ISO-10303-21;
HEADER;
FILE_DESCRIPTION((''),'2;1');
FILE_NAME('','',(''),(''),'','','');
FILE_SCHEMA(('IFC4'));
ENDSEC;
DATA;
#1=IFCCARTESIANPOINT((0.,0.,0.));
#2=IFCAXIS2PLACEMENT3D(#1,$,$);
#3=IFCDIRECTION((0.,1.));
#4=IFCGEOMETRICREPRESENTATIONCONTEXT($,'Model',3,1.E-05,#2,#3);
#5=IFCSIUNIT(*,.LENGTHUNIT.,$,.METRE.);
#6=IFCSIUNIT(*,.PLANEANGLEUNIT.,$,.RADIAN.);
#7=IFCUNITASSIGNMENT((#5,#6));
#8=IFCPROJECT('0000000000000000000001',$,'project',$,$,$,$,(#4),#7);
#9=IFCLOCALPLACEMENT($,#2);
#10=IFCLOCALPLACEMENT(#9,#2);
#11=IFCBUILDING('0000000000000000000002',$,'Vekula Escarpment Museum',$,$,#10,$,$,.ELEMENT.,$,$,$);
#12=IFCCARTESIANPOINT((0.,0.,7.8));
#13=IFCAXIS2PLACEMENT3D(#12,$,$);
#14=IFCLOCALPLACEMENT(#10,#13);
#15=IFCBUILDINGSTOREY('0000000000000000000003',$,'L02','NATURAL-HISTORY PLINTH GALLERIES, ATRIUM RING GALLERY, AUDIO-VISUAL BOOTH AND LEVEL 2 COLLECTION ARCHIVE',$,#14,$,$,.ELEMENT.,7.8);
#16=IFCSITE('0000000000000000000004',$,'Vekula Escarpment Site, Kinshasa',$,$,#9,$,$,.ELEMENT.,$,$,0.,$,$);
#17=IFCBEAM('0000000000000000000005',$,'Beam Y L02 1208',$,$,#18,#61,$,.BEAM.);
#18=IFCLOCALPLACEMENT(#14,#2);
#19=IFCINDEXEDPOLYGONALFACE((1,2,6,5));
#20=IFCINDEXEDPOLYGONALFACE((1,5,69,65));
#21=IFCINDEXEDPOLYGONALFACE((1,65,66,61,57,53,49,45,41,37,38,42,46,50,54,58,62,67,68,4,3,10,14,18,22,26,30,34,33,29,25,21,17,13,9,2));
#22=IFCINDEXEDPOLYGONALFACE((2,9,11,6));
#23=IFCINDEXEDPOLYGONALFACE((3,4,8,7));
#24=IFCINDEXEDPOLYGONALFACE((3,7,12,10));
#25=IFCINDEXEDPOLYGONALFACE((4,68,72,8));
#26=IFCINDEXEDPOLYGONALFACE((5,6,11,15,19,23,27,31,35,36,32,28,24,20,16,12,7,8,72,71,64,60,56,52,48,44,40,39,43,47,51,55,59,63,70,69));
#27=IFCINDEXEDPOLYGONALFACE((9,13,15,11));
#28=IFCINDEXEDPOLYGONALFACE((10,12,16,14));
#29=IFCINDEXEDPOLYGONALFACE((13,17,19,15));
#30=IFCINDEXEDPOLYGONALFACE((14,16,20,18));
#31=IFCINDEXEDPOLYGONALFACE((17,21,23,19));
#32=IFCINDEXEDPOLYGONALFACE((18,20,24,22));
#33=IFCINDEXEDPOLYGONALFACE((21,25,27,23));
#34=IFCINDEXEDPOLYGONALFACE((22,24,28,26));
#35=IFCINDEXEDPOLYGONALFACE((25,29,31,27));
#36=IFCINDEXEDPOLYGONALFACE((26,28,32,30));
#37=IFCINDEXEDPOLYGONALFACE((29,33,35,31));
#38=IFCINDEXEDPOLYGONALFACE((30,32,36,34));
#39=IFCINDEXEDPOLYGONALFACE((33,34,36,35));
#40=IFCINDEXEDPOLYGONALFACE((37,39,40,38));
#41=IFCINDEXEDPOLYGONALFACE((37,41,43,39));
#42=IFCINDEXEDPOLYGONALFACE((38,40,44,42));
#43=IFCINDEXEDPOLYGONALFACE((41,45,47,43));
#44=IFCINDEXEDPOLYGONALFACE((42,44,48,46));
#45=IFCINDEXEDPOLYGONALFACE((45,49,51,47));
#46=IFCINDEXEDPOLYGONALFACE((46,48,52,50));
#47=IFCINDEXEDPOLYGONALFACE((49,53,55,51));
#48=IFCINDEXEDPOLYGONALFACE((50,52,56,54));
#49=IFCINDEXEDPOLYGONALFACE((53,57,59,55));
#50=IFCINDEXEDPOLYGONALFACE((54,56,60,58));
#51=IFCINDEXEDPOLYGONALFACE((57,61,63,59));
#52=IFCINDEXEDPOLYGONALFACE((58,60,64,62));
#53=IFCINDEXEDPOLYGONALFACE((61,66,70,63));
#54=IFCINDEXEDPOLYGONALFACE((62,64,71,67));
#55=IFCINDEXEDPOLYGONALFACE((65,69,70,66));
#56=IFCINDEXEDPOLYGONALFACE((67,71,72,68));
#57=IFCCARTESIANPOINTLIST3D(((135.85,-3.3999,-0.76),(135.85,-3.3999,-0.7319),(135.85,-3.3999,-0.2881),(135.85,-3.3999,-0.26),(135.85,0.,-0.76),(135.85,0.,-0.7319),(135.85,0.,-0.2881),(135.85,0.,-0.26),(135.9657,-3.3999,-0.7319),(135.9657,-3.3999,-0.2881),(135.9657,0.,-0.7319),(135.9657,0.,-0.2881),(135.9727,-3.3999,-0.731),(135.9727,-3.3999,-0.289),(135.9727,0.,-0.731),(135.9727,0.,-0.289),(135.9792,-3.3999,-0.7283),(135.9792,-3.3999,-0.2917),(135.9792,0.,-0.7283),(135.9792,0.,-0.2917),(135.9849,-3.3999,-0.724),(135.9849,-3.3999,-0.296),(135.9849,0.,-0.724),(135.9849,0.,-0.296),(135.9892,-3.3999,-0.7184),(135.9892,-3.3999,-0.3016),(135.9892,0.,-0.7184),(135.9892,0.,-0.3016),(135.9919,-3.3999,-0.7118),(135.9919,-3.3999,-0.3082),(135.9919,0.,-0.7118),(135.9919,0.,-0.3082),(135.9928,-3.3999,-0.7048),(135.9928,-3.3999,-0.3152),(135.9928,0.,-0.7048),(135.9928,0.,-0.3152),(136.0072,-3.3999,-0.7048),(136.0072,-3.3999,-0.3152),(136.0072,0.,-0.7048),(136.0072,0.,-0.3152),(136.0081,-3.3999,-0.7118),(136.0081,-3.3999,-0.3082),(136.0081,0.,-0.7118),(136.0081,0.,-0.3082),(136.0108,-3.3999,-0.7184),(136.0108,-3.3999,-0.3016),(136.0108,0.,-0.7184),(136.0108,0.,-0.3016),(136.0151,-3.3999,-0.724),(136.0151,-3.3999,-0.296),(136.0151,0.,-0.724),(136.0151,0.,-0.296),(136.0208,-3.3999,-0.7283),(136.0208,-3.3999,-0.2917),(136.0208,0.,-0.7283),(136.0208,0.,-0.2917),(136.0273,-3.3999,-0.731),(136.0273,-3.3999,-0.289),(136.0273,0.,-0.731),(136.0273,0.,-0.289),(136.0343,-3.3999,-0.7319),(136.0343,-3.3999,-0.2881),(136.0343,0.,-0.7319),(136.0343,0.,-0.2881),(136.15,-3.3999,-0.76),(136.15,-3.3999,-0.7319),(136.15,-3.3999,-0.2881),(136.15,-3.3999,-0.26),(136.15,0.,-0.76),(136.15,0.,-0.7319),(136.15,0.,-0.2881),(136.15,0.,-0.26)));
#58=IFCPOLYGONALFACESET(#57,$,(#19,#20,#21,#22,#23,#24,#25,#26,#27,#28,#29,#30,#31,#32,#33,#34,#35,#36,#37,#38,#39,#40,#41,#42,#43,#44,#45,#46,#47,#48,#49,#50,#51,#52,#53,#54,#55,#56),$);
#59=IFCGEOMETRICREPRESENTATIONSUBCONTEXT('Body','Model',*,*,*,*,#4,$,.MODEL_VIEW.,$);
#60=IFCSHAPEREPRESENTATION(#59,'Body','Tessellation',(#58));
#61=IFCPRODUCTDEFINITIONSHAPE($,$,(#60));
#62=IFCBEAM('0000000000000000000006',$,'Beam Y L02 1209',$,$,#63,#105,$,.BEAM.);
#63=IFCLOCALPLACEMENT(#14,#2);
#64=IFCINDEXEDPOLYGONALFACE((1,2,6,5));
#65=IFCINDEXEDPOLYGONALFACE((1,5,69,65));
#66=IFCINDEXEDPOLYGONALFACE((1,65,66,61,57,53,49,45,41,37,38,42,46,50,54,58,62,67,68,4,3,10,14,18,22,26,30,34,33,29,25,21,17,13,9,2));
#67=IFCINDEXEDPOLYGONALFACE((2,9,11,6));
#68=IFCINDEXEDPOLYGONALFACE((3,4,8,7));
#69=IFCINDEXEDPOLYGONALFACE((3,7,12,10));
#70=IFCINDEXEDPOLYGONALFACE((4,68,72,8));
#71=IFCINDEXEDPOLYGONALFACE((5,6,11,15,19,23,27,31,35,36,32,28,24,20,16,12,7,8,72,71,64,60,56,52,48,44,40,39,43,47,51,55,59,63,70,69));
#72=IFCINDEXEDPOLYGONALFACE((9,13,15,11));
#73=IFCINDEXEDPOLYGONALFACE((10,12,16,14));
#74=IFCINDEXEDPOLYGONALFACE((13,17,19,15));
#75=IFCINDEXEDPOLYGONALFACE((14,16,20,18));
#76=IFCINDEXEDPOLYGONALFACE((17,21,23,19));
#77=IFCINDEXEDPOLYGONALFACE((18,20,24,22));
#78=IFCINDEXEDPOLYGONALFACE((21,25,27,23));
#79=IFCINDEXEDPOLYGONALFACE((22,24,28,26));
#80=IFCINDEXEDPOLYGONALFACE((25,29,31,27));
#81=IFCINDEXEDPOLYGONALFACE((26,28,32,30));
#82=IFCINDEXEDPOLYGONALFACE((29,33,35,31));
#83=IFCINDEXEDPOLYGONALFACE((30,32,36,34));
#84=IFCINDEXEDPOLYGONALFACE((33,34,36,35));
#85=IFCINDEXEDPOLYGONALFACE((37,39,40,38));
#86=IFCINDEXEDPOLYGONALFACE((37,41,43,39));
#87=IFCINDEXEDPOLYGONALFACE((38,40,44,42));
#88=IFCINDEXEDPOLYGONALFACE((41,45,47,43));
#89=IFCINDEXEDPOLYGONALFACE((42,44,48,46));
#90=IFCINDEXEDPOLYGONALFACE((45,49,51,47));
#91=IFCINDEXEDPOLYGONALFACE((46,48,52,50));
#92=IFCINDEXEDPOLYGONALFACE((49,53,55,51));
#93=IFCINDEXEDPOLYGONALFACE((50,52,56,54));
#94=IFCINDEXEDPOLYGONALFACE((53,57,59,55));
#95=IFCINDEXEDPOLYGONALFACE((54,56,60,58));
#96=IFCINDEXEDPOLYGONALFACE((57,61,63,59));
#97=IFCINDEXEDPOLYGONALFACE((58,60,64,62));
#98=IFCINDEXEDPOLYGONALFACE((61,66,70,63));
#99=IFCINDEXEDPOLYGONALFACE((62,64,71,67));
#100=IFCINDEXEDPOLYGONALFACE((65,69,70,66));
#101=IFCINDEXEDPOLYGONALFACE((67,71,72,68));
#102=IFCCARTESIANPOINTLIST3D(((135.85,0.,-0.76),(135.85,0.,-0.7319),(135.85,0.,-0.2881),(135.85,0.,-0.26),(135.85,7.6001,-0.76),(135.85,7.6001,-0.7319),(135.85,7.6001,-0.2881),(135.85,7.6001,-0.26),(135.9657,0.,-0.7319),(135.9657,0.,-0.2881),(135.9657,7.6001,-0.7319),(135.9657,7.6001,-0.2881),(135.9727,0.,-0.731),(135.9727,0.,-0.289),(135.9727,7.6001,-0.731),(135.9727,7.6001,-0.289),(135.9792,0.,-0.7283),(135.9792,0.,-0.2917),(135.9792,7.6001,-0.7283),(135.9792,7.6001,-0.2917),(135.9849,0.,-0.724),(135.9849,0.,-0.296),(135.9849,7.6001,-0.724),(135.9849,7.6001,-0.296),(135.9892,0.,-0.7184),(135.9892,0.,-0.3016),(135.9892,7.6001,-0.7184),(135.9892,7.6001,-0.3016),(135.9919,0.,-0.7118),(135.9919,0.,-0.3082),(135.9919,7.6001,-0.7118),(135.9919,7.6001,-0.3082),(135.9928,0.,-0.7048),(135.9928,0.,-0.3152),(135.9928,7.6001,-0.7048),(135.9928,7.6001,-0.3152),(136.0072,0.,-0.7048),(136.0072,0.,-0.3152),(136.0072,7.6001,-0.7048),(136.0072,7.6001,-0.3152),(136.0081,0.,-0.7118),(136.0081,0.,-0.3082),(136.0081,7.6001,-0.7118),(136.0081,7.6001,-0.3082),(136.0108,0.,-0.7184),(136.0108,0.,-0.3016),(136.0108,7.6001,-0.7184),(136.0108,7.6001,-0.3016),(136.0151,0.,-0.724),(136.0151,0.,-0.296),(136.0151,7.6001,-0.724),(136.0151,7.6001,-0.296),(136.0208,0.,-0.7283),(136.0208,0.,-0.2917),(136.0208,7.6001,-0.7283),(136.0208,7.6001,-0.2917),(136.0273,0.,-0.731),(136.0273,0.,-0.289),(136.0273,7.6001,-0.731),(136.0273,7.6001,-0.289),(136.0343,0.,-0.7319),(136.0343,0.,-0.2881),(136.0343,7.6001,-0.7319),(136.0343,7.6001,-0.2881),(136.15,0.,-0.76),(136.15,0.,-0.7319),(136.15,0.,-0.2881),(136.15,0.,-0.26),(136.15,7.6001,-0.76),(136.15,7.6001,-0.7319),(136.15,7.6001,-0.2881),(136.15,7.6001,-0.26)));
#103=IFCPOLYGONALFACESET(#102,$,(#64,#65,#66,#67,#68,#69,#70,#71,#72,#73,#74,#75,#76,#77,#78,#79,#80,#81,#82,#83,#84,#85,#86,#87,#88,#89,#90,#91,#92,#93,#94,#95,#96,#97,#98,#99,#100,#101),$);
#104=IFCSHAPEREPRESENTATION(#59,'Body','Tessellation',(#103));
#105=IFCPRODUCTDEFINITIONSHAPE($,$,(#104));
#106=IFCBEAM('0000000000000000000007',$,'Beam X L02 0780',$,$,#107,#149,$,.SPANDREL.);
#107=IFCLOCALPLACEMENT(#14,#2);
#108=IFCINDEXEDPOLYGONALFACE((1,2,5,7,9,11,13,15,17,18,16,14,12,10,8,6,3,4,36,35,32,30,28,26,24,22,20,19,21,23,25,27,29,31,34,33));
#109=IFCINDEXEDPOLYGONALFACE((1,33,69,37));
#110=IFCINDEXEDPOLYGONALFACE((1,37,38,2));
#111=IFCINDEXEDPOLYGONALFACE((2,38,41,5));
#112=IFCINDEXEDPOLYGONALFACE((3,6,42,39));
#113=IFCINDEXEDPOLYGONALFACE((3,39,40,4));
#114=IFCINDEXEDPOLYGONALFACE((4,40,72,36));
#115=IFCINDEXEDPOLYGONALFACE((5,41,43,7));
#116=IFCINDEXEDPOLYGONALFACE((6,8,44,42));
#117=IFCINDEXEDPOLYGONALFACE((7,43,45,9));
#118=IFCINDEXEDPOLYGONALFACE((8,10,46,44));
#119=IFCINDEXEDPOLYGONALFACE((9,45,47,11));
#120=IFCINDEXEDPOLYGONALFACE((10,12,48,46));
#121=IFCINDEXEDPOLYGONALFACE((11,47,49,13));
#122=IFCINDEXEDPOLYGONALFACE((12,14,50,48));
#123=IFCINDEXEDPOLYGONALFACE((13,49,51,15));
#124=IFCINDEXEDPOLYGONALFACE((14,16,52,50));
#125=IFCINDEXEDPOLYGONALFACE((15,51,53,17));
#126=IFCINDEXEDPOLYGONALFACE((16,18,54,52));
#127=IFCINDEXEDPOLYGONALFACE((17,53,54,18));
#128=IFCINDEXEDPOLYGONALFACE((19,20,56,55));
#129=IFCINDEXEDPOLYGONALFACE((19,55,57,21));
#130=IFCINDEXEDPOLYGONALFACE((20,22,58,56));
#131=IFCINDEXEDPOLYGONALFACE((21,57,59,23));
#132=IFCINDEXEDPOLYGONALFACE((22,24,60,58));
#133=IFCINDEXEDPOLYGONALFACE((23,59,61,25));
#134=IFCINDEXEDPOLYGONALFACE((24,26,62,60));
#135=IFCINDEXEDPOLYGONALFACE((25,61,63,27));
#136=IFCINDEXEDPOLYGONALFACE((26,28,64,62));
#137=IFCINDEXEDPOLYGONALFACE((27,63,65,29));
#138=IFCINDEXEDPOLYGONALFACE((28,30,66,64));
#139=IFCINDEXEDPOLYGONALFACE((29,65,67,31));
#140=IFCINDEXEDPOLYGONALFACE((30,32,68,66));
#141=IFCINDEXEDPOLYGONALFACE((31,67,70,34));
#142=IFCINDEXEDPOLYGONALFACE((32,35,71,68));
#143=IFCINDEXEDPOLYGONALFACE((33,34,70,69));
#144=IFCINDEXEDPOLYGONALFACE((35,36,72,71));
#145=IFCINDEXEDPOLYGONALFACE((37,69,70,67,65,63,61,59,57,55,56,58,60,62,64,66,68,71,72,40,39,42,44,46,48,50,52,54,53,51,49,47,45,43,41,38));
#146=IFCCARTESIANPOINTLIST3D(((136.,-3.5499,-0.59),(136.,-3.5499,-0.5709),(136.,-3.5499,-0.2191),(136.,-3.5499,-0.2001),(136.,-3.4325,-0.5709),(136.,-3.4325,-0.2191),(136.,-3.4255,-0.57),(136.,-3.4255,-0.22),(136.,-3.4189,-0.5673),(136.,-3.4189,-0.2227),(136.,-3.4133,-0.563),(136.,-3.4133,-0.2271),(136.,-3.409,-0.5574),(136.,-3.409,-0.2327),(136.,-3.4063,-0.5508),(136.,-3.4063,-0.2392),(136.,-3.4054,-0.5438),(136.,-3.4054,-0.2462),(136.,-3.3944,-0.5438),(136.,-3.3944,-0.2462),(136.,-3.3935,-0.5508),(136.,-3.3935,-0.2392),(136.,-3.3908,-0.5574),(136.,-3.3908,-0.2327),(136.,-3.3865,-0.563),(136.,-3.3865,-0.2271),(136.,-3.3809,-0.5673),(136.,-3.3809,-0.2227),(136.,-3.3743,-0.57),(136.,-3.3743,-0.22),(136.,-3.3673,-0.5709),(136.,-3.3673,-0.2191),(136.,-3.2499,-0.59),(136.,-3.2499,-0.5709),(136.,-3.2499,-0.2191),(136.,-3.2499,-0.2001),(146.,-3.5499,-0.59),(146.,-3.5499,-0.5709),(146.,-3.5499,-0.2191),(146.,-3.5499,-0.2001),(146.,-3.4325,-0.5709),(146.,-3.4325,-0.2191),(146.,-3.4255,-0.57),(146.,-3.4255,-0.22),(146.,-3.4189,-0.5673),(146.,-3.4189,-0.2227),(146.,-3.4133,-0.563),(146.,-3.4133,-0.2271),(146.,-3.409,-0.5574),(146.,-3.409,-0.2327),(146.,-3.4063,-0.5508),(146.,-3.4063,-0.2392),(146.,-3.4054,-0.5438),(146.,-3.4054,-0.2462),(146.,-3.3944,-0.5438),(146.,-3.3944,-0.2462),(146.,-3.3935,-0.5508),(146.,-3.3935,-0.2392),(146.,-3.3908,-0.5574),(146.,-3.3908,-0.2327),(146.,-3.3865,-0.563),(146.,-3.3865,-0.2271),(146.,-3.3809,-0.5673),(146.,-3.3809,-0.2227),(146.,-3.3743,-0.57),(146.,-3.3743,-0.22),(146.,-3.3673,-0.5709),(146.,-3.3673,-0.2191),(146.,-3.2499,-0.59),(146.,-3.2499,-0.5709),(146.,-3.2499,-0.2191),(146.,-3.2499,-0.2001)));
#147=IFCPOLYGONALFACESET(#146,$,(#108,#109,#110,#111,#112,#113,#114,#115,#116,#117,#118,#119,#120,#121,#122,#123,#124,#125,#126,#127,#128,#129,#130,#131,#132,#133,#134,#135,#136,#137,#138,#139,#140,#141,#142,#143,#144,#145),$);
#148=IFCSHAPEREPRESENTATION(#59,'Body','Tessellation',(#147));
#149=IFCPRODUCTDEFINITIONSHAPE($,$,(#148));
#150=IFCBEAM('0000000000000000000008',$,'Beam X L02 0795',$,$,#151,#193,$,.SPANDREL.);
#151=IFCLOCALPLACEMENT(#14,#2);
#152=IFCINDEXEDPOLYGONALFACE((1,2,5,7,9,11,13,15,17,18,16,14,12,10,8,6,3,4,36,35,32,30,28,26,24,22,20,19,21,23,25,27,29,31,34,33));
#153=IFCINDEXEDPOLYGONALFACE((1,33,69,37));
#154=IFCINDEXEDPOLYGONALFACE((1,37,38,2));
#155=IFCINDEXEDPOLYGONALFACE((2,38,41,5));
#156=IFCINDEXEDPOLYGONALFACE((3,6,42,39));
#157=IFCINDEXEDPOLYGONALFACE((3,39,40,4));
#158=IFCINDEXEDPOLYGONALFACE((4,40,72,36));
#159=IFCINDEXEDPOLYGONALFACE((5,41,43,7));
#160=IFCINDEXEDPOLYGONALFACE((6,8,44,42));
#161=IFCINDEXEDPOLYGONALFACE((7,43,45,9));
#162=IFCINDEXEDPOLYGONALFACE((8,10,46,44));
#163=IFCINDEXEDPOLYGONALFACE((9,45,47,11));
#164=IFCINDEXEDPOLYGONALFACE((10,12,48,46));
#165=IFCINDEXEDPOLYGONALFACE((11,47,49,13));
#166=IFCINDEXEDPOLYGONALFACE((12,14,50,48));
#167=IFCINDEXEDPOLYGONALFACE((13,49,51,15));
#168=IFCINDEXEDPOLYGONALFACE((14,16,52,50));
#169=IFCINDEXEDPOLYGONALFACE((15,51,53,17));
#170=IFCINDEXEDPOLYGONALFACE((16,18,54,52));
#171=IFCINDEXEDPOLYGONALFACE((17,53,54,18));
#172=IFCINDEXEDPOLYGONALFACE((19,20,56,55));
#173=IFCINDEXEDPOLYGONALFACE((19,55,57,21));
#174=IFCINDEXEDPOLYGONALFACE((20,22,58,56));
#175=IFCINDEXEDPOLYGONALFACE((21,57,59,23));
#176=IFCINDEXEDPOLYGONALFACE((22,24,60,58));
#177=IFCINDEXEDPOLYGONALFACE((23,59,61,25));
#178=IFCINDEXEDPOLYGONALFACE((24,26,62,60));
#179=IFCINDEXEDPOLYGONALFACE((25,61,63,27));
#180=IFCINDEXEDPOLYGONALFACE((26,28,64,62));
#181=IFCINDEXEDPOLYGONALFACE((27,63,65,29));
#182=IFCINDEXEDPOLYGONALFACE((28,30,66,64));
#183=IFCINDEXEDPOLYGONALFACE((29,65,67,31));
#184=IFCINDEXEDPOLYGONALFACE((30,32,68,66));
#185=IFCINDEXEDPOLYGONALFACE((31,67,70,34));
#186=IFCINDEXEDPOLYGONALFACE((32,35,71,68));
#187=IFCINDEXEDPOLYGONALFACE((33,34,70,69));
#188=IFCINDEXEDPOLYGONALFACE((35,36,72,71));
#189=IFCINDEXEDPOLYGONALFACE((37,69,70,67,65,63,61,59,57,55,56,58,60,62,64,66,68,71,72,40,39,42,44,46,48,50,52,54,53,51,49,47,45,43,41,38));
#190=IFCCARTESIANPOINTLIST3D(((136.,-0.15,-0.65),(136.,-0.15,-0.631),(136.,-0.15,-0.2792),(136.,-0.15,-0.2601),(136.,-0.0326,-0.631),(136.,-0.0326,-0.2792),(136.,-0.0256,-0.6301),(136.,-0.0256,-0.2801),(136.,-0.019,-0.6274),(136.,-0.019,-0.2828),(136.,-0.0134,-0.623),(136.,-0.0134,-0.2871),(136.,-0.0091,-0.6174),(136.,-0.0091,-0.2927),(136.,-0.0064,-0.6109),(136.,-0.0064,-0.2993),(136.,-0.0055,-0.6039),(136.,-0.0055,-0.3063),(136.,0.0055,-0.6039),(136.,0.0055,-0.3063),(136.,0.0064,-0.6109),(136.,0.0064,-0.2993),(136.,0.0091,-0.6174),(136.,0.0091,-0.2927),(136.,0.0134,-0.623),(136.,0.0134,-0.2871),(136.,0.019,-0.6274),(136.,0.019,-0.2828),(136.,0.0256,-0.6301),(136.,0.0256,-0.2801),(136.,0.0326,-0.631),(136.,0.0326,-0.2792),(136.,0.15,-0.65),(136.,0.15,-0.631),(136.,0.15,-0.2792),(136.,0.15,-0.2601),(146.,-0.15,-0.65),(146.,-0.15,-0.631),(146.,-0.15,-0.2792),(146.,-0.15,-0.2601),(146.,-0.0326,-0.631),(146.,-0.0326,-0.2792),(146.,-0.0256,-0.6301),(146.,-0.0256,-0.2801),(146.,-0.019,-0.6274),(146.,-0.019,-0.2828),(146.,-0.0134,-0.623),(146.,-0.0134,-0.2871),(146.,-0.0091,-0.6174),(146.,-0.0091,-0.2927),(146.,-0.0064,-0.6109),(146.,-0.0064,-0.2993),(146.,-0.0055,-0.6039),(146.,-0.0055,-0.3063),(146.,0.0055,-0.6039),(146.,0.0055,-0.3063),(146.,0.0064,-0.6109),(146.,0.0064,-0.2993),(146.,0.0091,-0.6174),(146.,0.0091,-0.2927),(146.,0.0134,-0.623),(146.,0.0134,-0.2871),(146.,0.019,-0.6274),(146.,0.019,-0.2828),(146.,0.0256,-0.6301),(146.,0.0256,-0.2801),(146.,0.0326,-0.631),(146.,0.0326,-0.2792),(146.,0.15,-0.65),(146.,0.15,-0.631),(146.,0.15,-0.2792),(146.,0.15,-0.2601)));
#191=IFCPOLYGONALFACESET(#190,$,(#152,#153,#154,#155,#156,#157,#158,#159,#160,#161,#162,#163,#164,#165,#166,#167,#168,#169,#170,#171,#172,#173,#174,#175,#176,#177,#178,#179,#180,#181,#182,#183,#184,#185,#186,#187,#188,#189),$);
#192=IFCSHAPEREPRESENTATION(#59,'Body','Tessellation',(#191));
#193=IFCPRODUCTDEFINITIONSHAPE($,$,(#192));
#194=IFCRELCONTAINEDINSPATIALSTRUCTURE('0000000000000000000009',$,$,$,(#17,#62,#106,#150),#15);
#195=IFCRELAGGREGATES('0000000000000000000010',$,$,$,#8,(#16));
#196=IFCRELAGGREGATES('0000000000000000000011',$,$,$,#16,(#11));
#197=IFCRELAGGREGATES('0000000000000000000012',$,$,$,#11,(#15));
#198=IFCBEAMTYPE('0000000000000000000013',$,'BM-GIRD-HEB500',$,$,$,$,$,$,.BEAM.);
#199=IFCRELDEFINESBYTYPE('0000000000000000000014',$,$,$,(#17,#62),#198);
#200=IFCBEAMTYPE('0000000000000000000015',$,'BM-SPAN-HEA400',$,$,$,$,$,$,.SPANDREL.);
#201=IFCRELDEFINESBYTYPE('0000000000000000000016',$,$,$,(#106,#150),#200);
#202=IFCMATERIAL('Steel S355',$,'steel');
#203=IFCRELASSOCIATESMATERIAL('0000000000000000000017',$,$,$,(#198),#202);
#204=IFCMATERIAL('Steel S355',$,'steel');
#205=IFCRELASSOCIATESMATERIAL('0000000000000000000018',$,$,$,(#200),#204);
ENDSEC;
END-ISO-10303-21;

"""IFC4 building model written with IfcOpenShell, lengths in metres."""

from ifc_helpers import new_model, si_unit, direction, frame, origin, origin_2d, place, context, subcontext, project, spatial, i_section, extrude, material, material_profile, profile_set, type_object, element, save


model = new_model("IFC4")

# Units and contexts
model_context = context("Model", 3, precision=1e-05, world=origin(), true_north=direction((0.0, 1.0)))
body_context = subcontext(model_context, "Body", "Model", "MODEL_VIEW")
ifc_project = project(units=[si_unit("LENGTHUNIT", "METRE"), si_unit("PLANEANGLEUNIT", "RADIAN")], contexts=[model_context])

# Site, building, storey
site_placement = place(None, origin())
site = spatial("IfcSite", under=ifc_project, at=site_placement, Name="Vekula Escarpment Site, Kinshasa", CompositionType="ELEMENT", RefElevation=0.0)
building_placement = place(site_placement, origin())
building = spatial("IfcBuilding", under=site, at=building_placement, Name="Vekula Escarpment Museum", CompositionType="ELEMENT")
storey_placement = place(building_placement, frame((0.0, 0.0, 7.8)))
storey = spatial("IfcBuildingStorey", under=building, at=storey_placement, Name="L02", Description="NATURAL-HISTORY PLINTH GALLERIES, ATRIUM RING GALLERY, AUDIO-VISUAL BOOTH AND LEVEL 2 COLLECTION ARCHIVE", CompositionType="ELEMENT", Elevation=7.8)

# Beams
ifc_material_1 = material(Name="Steel S355", Category="steel")
ifc_material_profile_1 = material_profile(ifc_material_1, i_section(OverallWidth=0.3, OverallDepth=0.5, WebThickness=0.0144, FlangeThickness=0.0281, FilletRadius=0.0271, at=origin_2d()), Name="HEB 500")
ifc_profile_set_1 = profile_set([ifc_material_profile_1], Name="Steel S355")
beam_type_1 = type_object("IfcBeamType", Name="BM-GIRD-HEB500", PredefinedType="BEAM", material=ifc_profile_set_1)
beam_1_placement = place(storey_placement, frame((136.0, -3.3999, -0.51), z_axis=(0.0, 1.0, 0.0), x_axis=(-1.0, 0.0, 0.0)))
element("IfcBeam", 1, at=beam_1_placement, inside=storey, type_object=beam_type_1, Name="Beam Y L02 1208", PredefinedType="BEAM", context=body_context, shape_type="SweptSolid", body=[
    extrude(i_section(OverallWidth=0.3, OverallDepth=0.5, WebThickness=0.0144, FlangeThickness=0.0281, FilletRadius=0.0271, at=origin_2d()), origin(), (0.0, 0.0, 1.0), 3.3999),
])
beam_2_placement = place(storey_placement, frame((136.0, 0.0, -0.51), z_axis=(0.0, 1.0, 0.0), x_axis=(-1.0, 0.0, 0.0)))
element("IfcBeam", 2, at=beam_2_placement, inside=storey, type_object=beam_type_1, Name="Beam Y L02 1209", PredefinedType="BEAM", context=body_context, shape_type="SweptSolid", body=[
    extrude(i_section(OverallWidth=0.3, OverallDepth=0.5, WebThickness=0.0144, FlangeThickness=0.0281, FilletRadius=0.0271, at=origin_2d()), origin(), (0.0, 0.0, 1.0), 7.6001),
])
ifc_material_2 = material(Name="Steel S355", Category="steel")
ifc_material_profile_2 = material_profile(ifc_material_2, i_section(OverallWidth=0.3, OverallDepth=0.3899, WebThickness=0.011, FlangeThickness=0.019, FilletRadius=0.0271, at=origin_2d()), Name="HEA 400")
ifc_profile_set_2 = profile_set([ifc_material_profile_2], Name="Steel S355")
beam_type_2 = type_object("IfcBeamType", Name="BM-SPAN-HEA400", PredefinedType="SPANDREL", material=ifc_profile_set_2)
for number, where, z_axis, x_axis, name in (
    (3, (136.0, -3.3999, -0.395), (1.0, 0.0, 0.0), (0.0, 1.0, 0.0), "Beam X L02 0780"),
    (4, (136.0, 0.0, -0.4551), (1.0, 0.0, 0.0), (0.0, 1.0, 0.0), "Beam X L02 0795"),
):
    element("IfcBeam", number, at=place(storey_placement, frame(where, z_axis=z_axis, x_axis=x_axis)), inside=storey, type_object=beam_type_2, Name=name, PredefinedType="SPANDREL", context=body_context, shape_type="SweptSolid", body=[
        extrude(i_section(OverallWidth=0.3, OverallDepth=0.3899, WebThickness=0.011, FlangeThickness=0.019, FilletRadius=0.0271, at=origin_2d()), origin(), (0.0, 0.0, 1.0), 10.0),
    ])

save(model, "model.ifc")
